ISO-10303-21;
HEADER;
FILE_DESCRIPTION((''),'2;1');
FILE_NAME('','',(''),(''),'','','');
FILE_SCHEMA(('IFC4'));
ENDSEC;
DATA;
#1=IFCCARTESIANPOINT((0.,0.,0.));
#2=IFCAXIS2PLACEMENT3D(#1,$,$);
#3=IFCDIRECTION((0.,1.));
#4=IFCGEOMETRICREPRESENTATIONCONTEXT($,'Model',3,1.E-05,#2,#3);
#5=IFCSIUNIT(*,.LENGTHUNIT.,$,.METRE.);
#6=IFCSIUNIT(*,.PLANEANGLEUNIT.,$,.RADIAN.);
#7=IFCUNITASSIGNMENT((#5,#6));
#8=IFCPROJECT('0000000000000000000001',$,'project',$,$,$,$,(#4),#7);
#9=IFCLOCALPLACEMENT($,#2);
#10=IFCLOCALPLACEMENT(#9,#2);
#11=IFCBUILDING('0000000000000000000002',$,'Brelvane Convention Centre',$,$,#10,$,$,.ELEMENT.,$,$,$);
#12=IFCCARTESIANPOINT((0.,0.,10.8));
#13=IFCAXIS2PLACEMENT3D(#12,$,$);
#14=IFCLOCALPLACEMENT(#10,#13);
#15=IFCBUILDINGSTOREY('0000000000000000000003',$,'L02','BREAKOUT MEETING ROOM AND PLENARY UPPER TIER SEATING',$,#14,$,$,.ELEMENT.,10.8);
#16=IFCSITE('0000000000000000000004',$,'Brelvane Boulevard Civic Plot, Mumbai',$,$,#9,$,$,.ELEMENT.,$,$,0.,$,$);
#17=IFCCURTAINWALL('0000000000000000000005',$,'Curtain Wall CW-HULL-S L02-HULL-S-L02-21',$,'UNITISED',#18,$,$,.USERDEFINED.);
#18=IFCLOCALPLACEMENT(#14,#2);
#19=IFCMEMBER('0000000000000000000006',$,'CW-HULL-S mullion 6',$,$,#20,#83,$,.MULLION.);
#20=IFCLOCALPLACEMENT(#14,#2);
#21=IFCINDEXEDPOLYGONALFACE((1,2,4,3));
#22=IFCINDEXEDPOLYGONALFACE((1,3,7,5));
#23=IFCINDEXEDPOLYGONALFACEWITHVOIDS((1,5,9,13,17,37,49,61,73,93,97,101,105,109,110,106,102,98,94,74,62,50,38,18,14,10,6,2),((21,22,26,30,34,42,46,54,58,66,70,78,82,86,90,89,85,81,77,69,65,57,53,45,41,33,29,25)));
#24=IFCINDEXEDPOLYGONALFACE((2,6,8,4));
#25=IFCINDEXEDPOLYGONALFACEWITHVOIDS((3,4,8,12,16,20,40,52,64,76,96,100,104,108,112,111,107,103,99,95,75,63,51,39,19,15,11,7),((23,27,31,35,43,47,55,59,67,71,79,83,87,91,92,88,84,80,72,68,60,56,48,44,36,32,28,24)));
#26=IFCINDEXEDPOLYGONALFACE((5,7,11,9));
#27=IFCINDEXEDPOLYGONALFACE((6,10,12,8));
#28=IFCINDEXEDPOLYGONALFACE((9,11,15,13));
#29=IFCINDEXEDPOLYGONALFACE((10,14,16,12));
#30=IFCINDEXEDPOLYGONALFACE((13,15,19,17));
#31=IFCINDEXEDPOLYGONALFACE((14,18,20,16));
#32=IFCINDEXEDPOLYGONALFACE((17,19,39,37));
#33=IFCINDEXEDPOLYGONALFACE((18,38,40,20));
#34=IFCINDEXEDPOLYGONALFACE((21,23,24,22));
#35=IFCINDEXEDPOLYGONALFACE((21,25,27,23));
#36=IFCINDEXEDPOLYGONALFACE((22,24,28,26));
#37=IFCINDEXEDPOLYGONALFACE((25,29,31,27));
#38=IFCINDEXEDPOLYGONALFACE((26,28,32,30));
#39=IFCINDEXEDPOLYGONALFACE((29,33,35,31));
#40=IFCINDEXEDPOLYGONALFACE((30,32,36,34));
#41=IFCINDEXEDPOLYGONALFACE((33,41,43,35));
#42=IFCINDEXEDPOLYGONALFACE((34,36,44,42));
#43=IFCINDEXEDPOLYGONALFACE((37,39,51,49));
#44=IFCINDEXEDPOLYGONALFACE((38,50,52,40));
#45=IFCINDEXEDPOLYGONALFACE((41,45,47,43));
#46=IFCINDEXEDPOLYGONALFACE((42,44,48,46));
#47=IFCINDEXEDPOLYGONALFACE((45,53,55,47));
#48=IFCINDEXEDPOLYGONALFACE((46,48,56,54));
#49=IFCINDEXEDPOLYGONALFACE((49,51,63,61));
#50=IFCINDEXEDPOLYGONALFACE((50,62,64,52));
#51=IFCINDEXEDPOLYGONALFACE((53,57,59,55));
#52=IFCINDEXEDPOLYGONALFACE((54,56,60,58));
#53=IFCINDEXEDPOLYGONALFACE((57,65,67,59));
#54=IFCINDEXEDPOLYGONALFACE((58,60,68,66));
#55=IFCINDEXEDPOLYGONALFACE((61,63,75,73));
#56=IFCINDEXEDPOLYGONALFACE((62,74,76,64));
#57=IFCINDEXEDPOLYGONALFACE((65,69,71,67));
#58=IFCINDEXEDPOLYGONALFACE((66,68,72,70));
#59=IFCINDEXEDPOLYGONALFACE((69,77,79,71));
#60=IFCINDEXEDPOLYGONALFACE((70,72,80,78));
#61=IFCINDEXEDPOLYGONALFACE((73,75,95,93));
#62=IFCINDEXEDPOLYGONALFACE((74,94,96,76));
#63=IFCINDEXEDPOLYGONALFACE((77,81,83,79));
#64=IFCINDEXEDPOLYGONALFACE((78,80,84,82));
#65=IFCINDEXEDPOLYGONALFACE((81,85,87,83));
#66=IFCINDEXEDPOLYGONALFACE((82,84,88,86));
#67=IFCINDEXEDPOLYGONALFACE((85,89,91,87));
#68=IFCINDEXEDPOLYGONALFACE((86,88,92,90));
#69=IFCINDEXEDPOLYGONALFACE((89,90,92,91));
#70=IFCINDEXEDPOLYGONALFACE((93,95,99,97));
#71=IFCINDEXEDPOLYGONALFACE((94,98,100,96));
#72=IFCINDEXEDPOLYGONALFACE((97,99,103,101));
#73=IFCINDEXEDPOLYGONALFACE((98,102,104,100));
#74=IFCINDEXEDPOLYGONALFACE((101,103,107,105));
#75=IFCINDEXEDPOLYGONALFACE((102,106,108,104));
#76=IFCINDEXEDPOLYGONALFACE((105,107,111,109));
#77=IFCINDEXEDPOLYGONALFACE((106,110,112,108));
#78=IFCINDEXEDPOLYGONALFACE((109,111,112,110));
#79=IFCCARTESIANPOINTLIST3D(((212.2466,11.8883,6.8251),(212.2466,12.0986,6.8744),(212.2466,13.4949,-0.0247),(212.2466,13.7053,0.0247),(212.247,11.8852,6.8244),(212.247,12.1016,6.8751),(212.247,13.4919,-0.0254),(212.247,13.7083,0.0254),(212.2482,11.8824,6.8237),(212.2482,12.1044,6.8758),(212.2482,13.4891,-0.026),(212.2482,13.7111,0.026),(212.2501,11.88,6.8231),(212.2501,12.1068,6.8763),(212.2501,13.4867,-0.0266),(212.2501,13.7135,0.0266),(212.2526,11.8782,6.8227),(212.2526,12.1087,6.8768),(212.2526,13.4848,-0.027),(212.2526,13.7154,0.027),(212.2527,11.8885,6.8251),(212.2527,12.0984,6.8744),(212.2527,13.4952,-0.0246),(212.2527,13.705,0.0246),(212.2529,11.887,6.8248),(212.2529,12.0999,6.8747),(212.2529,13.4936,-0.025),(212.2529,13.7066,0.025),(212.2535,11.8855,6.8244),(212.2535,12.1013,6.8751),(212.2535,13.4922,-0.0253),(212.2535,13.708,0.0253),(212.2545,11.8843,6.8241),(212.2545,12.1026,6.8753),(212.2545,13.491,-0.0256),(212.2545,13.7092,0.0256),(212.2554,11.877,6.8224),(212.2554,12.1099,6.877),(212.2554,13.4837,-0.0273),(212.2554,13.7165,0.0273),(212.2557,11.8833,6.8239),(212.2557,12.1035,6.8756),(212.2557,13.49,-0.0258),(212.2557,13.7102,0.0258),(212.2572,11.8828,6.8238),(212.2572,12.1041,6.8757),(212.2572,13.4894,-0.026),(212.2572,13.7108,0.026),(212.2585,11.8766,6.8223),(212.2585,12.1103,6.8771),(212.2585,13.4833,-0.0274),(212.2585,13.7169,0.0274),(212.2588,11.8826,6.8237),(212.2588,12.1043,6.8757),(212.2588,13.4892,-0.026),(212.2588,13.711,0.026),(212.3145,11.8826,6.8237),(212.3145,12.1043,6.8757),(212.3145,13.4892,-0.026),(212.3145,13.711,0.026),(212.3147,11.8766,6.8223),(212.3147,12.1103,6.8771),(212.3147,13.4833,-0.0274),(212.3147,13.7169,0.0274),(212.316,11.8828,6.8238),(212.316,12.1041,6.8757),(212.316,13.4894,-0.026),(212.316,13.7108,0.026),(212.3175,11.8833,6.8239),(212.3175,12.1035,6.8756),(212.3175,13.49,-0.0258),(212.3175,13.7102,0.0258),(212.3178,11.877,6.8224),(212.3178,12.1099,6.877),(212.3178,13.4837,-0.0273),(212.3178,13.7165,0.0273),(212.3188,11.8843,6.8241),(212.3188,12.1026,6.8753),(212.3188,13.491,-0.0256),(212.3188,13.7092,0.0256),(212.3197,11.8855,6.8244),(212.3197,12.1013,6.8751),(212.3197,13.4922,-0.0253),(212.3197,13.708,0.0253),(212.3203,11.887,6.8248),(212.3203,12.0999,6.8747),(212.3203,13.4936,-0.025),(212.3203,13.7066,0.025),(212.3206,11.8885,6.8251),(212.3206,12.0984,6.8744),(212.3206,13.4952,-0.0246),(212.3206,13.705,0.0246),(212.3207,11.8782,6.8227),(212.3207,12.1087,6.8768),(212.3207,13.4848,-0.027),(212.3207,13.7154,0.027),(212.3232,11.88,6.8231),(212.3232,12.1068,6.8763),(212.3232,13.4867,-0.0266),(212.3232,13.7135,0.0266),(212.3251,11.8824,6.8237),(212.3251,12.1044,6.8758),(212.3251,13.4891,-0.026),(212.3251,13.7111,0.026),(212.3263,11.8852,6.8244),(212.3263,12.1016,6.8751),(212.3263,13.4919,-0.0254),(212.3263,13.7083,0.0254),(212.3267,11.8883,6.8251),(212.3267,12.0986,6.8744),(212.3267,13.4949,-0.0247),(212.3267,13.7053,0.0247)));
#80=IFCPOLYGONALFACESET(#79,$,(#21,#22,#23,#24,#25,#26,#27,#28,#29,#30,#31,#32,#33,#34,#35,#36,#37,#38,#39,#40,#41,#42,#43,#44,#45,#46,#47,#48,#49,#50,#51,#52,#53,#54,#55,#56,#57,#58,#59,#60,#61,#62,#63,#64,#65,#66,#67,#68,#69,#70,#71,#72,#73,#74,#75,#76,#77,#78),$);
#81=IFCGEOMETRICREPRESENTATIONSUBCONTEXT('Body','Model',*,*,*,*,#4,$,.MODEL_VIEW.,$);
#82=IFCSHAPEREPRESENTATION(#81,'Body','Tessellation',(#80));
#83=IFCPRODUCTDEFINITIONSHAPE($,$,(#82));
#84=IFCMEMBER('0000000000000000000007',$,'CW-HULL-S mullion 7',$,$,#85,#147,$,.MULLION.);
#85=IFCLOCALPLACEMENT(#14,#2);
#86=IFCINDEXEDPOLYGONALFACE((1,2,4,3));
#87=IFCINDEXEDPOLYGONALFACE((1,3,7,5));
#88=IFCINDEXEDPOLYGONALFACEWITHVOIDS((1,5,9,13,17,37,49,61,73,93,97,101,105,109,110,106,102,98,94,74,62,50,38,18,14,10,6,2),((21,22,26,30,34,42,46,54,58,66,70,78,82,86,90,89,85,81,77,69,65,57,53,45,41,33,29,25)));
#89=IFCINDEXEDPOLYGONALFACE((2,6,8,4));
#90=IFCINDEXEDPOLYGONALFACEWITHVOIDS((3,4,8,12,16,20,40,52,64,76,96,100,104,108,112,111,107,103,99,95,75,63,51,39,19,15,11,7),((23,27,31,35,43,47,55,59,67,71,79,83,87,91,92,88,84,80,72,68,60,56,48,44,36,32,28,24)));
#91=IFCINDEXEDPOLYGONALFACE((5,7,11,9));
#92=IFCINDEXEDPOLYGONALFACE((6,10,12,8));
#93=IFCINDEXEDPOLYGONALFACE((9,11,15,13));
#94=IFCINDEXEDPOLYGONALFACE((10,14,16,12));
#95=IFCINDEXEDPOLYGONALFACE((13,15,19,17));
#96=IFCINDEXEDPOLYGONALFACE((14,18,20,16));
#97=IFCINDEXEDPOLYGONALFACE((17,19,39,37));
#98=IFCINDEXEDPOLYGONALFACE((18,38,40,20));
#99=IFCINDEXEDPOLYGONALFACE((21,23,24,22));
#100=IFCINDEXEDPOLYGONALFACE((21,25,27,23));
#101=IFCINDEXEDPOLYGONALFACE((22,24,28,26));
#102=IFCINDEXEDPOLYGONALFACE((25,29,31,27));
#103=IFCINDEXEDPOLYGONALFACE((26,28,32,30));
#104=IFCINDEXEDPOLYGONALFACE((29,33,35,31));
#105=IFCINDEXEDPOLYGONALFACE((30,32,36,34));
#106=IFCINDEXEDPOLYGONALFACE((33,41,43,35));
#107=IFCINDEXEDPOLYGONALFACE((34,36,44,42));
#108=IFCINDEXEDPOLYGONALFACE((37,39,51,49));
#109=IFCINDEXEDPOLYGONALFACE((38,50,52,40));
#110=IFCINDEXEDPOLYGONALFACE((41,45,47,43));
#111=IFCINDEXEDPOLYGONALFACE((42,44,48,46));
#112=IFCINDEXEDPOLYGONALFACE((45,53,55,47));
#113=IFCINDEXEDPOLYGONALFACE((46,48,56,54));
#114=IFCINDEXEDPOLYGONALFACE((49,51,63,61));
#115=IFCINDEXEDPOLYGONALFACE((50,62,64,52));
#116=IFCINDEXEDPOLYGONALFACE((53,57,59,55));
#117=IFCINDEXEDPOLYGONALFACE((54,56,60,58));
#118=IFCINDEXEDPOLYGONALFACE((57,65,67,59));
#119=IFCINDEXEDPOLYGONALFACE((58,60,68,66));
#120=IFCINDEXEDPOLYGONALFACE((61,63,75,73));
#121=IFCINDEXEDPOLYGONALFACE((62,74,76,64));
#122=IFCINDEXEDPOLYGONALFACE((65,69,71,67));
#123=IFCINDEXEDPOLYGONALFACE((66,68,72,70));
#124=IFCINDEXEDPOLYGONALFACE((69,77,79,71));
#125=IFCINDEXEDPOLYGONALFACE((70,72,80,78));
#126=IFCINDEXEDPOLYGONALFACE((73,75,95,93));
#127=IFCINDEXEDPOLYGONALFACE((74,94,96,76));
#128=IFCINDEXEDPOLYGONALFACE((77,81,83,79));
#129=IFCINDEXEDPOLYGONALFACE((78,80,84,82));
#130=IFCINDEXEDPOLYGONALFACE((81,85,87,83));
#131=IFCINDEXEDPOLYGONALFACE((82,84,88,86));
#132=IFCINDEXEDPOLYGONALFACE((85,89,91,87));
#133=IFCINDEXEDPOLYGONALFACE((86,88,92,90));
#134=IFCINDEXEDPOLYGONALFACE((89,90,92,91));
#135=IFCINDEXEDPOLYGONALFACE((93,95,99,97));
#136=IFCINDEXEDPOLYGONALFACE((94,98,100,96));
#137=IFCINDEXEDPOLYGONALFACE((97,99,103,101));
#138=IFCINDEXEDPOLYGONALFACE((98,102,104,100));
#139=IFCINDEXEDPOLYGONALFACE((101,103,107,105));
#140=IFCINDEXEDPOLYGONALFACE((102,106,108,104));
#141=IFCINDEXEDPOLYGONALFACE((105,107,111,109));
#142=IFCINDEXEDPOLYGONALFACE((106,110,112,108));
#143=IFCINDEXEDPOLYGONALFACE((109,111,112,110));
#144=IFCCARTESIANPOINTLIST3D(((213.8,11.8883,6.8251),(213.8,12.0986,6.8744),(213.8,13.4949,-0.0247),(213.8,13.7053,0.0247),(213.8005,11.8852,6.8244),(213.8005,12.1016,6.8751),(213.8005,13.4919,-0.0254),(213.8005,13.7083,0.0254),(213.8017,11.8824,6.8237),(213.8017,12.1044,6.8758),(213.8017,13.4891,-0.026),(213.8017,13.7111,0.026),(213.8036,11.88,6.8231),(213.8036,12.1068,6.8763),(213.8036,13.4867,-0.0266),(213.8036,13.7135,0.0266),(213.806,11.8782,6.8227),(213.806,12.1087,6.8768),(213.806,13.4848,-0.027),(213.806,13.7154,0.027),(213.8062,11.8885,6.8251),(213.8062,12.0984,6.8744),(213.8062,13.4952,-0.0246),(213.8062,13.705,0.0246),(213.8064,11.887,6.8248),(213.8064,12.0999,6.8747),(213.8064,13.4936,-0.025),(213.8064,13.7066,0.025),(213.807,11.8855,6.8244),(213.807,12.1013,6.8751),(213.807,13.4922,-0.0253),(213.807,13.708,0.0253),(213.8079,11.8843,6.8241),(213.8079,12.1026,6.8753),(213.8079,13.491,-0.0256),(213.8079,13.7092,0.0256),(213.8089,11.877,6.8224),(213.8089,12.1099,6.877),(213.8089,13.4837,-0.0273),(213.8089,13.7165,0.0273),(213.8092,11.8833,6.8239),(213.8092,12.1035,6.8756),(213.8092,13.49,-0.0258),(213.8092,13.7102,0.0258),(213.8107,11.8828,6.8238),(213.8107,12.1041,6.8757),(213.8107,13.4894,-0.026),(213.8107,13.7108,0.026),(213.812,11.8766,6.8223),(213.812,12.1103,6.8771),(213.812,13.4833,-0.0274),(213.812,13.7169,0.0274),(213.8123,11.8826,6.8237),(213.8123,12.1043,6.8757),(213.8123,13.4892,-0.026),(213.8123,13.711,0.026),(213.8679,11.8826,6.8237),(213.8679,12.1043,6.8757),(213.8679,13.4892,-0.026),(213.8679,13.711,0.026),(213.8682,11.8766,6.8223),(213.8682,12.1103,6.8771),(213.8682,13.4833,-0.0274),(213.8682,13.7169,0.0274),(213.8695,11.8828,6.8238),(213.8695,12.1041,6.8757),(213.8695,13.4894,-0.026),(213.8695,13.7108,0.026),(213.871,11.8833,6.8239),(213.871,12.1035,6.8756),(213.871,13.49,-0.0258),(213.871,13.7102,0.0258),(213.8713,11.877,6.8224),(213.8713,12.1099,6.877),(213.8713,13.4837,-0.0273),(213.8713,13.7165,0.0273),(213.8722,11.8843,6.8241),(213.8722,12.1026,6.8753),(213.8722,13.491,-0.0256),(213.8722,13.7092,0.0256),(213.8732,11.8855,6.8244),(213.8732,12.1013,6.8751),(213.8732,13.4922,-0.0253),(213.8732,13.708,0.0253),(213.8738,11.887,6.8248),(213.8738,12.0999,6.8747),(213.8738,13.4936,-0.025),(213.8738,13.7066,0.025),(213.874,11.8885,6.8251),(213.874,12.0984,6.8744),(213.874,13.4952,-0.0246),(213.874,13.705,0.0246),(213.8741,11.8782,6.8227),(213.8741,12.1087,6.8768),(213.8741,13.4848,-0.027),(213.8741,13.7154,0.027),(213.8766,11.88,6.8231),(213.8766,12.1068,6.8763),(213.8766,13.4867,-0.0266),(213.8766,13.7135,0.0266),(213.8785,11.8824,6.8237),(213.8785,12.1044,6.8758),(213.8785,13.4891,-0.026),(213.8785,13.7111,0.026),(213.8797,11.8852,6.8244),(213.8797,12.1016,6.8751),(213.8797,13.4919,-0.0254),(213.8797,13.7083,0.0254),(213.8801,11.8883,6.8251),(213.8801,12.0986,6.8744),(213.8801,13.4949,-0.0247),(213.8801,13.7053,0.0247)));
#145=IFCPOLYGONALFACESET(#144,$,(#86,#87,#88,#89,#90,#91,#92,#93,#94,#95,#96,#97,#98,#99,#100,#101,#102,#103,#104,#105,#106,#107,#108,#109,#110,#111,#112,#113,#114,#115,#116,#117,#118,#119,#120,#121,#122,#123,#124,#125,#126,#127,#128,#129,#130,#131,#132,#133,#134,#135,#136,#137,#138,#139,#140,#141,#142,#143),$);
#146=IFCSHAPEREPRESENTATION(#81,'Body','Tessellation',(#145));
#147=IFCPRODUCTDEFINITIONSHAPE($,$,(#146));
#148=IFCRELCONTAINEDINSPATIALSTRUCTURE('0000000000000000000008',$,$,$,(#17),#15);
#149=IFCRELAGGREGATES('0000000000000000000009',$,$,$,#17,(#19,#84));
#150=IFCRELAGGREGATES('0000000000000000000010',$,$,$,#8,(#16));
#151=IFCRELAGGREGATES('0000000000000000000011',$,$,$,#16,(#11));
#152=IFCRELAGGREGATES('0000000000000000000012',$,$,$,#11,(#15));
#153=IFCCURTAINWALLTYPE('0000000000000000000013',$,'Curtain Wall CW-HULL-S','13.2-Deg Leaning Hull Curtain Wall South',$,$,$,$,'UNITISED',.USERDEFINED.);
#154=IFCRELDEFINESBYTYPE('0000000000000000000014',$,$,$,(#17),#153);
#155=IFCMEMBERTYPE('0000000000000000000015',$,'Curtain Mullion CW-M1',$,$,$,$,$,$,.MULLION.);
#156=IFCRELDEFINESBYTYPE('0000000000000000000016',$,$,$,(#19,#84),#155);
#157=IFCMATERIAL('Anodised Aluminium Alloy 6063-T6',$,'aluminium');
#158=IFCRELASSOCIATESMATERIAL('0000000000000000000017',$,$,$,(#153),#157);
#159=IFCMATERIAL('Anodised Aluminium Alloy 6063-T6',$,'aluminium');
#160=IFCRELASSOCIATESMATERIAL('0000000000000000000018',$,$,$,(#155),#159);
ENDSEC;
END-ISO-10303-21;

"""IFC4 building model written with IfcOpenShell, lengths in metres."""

from ifc_helpers import new_model, si_unit, direction, frame, origin, origin_2d, place, context, subcontext, project, spatial, hollow_rectangle, extrude, material, material_profile, profile_set, type_object, element, aggregate, save


model = new_model("IFC4")

# Units and contexts
model_context = context("Model", 3, precision=1e-05, world=origin(), true_north=direction((0.0, 1.0)))
body_context = subcontext(model_context, "Body", "Model", "MODEL_VIEW")
ifc_project = project(units=[si_unit("LENGTHUNIT", "METRE"), si_unit("PLANEANGLEUNIT", "RADIAN")], contexts=[model_context])

# Site, building, storey
site_placement = place(None, origin())
site = spatial("IfcSite", under=ifc_project, at=site_placement, Name="Brelvane Boulevard Civic Plot, Mumbai", CompositionType="ELEMENT", RefElevation=0.0)
building_placement = place(site_placement, origin())
building = spatial("IfcBuilding", under=site, at=building_placement, Name="Brelvane Convention Centre", CompositionType="ELEMENT")
storey_placement = place(building_placement, frame((0.0, 0.0, 10.8)))
storey = spatial("IfcBuildingStorey", under=building, at=storey_placement, Name="L02", Description="BREAKOUT MEETING ROOM AND PLENARY UPPER TIER SEATING", CompositionType="ELEMENT", Elevation=10.8)

# Curtain wall, members
ifc_material_1 = material(Name="Anodised Aluminium Alloy 6063-T6", Category="aluminium")
curtain_wall_type = type_object("IfcCurtainWallType", Name="Curtain Wall CW-HULL-S", Description="13.2-Deg Leaning Hull Curtain Wall South", ElementType="UNITISED", PredefinedType="USERDEFINED", material=ifc_material_1)
curtain_wall_placement = place(storey_placement, origin())
curtain_wall = element("IfcCurtainWall", 1, at=curtain_wall_placement, inside=storey, type_object=curtain_wall_type, Name="Curtain Wall CW-HULL-S L02-HULL-S-L02-21", ObjectType="UNITISED", PredefinedType="USERDEFINED")
ifc_material_2 = material(Name="Anodised Aluminium Alloy 6063-T6", Category="aluminium")
ifc_material_profile_1 = material_profile(ifc_material_2, hollow_rectangle(XDim=0.0801, YDim=0.24, WallThickness=0.0061, InnerFilletRadius=0.0061, OuterFilletRadius=0.012, at=origin_2d()), Name="ALU-M 240x80x6.0")
ifc_profile_set_1 = profile_set([ifc_material_profile_1], Name="Anodised Aluminium Alloy 6063-T6")
member_type_1 = type_object("IfcMemberType", Name="Curtain Mullion CW-M1", PredefinedType="MULLION", material=ifc_profile_set_1)
member_1_placement = place(storey_placement, frame((212.2866, 13.6001, 0.0), z_axis=(0.0, -0.22836, 0.973577), x_axis=(1.0, 0.0, 0.0)))
member_1 = element("IfcMember", 2, at=member_1_placement, type_object=member_type_1, Name="CW-HULL-S mullion 6", PredefinedType="MULLION", context=body_context, shape_type="SweptSolid", body=[
    extrude(hollow_rectangle(XDim=0.0801, YDim=0.24, WallThickness=0.0061, InnerFilletRadius=0.0061, OuterFilletRadius=0.012, at=origin_2d()), origin(), (0.0, 0.0, 1.0), 7.0356),
])
member_2_placement = place(storey_placement, frame((213.8401, 13.6001, 0.0), z_axis=(0.0, -0.22836, 0.973577), x_axis=(1.0, 0.0, 0.0)))
member_2 = element("IfcMember", 3, at=member_2_placement, type_object=member_type_1, Name="CW-HULL-S mullion 7", PredefinedType="MULLION", context=body_context, shape_type="SweptSolid", body=[
    extrude(hollow_rectangle(XDim=0.0801, YDim=0.24, WallThickness=0.0061, InnerFilletRadius=0.0061, OuterFilletRadius=0.012, at=origin_2d()), origin(), (0.0, 0.0, 1.0), 7.0356),
])

aggregate(curtain_wall, [member_1, member_2])

save(model, "model.ifc")
